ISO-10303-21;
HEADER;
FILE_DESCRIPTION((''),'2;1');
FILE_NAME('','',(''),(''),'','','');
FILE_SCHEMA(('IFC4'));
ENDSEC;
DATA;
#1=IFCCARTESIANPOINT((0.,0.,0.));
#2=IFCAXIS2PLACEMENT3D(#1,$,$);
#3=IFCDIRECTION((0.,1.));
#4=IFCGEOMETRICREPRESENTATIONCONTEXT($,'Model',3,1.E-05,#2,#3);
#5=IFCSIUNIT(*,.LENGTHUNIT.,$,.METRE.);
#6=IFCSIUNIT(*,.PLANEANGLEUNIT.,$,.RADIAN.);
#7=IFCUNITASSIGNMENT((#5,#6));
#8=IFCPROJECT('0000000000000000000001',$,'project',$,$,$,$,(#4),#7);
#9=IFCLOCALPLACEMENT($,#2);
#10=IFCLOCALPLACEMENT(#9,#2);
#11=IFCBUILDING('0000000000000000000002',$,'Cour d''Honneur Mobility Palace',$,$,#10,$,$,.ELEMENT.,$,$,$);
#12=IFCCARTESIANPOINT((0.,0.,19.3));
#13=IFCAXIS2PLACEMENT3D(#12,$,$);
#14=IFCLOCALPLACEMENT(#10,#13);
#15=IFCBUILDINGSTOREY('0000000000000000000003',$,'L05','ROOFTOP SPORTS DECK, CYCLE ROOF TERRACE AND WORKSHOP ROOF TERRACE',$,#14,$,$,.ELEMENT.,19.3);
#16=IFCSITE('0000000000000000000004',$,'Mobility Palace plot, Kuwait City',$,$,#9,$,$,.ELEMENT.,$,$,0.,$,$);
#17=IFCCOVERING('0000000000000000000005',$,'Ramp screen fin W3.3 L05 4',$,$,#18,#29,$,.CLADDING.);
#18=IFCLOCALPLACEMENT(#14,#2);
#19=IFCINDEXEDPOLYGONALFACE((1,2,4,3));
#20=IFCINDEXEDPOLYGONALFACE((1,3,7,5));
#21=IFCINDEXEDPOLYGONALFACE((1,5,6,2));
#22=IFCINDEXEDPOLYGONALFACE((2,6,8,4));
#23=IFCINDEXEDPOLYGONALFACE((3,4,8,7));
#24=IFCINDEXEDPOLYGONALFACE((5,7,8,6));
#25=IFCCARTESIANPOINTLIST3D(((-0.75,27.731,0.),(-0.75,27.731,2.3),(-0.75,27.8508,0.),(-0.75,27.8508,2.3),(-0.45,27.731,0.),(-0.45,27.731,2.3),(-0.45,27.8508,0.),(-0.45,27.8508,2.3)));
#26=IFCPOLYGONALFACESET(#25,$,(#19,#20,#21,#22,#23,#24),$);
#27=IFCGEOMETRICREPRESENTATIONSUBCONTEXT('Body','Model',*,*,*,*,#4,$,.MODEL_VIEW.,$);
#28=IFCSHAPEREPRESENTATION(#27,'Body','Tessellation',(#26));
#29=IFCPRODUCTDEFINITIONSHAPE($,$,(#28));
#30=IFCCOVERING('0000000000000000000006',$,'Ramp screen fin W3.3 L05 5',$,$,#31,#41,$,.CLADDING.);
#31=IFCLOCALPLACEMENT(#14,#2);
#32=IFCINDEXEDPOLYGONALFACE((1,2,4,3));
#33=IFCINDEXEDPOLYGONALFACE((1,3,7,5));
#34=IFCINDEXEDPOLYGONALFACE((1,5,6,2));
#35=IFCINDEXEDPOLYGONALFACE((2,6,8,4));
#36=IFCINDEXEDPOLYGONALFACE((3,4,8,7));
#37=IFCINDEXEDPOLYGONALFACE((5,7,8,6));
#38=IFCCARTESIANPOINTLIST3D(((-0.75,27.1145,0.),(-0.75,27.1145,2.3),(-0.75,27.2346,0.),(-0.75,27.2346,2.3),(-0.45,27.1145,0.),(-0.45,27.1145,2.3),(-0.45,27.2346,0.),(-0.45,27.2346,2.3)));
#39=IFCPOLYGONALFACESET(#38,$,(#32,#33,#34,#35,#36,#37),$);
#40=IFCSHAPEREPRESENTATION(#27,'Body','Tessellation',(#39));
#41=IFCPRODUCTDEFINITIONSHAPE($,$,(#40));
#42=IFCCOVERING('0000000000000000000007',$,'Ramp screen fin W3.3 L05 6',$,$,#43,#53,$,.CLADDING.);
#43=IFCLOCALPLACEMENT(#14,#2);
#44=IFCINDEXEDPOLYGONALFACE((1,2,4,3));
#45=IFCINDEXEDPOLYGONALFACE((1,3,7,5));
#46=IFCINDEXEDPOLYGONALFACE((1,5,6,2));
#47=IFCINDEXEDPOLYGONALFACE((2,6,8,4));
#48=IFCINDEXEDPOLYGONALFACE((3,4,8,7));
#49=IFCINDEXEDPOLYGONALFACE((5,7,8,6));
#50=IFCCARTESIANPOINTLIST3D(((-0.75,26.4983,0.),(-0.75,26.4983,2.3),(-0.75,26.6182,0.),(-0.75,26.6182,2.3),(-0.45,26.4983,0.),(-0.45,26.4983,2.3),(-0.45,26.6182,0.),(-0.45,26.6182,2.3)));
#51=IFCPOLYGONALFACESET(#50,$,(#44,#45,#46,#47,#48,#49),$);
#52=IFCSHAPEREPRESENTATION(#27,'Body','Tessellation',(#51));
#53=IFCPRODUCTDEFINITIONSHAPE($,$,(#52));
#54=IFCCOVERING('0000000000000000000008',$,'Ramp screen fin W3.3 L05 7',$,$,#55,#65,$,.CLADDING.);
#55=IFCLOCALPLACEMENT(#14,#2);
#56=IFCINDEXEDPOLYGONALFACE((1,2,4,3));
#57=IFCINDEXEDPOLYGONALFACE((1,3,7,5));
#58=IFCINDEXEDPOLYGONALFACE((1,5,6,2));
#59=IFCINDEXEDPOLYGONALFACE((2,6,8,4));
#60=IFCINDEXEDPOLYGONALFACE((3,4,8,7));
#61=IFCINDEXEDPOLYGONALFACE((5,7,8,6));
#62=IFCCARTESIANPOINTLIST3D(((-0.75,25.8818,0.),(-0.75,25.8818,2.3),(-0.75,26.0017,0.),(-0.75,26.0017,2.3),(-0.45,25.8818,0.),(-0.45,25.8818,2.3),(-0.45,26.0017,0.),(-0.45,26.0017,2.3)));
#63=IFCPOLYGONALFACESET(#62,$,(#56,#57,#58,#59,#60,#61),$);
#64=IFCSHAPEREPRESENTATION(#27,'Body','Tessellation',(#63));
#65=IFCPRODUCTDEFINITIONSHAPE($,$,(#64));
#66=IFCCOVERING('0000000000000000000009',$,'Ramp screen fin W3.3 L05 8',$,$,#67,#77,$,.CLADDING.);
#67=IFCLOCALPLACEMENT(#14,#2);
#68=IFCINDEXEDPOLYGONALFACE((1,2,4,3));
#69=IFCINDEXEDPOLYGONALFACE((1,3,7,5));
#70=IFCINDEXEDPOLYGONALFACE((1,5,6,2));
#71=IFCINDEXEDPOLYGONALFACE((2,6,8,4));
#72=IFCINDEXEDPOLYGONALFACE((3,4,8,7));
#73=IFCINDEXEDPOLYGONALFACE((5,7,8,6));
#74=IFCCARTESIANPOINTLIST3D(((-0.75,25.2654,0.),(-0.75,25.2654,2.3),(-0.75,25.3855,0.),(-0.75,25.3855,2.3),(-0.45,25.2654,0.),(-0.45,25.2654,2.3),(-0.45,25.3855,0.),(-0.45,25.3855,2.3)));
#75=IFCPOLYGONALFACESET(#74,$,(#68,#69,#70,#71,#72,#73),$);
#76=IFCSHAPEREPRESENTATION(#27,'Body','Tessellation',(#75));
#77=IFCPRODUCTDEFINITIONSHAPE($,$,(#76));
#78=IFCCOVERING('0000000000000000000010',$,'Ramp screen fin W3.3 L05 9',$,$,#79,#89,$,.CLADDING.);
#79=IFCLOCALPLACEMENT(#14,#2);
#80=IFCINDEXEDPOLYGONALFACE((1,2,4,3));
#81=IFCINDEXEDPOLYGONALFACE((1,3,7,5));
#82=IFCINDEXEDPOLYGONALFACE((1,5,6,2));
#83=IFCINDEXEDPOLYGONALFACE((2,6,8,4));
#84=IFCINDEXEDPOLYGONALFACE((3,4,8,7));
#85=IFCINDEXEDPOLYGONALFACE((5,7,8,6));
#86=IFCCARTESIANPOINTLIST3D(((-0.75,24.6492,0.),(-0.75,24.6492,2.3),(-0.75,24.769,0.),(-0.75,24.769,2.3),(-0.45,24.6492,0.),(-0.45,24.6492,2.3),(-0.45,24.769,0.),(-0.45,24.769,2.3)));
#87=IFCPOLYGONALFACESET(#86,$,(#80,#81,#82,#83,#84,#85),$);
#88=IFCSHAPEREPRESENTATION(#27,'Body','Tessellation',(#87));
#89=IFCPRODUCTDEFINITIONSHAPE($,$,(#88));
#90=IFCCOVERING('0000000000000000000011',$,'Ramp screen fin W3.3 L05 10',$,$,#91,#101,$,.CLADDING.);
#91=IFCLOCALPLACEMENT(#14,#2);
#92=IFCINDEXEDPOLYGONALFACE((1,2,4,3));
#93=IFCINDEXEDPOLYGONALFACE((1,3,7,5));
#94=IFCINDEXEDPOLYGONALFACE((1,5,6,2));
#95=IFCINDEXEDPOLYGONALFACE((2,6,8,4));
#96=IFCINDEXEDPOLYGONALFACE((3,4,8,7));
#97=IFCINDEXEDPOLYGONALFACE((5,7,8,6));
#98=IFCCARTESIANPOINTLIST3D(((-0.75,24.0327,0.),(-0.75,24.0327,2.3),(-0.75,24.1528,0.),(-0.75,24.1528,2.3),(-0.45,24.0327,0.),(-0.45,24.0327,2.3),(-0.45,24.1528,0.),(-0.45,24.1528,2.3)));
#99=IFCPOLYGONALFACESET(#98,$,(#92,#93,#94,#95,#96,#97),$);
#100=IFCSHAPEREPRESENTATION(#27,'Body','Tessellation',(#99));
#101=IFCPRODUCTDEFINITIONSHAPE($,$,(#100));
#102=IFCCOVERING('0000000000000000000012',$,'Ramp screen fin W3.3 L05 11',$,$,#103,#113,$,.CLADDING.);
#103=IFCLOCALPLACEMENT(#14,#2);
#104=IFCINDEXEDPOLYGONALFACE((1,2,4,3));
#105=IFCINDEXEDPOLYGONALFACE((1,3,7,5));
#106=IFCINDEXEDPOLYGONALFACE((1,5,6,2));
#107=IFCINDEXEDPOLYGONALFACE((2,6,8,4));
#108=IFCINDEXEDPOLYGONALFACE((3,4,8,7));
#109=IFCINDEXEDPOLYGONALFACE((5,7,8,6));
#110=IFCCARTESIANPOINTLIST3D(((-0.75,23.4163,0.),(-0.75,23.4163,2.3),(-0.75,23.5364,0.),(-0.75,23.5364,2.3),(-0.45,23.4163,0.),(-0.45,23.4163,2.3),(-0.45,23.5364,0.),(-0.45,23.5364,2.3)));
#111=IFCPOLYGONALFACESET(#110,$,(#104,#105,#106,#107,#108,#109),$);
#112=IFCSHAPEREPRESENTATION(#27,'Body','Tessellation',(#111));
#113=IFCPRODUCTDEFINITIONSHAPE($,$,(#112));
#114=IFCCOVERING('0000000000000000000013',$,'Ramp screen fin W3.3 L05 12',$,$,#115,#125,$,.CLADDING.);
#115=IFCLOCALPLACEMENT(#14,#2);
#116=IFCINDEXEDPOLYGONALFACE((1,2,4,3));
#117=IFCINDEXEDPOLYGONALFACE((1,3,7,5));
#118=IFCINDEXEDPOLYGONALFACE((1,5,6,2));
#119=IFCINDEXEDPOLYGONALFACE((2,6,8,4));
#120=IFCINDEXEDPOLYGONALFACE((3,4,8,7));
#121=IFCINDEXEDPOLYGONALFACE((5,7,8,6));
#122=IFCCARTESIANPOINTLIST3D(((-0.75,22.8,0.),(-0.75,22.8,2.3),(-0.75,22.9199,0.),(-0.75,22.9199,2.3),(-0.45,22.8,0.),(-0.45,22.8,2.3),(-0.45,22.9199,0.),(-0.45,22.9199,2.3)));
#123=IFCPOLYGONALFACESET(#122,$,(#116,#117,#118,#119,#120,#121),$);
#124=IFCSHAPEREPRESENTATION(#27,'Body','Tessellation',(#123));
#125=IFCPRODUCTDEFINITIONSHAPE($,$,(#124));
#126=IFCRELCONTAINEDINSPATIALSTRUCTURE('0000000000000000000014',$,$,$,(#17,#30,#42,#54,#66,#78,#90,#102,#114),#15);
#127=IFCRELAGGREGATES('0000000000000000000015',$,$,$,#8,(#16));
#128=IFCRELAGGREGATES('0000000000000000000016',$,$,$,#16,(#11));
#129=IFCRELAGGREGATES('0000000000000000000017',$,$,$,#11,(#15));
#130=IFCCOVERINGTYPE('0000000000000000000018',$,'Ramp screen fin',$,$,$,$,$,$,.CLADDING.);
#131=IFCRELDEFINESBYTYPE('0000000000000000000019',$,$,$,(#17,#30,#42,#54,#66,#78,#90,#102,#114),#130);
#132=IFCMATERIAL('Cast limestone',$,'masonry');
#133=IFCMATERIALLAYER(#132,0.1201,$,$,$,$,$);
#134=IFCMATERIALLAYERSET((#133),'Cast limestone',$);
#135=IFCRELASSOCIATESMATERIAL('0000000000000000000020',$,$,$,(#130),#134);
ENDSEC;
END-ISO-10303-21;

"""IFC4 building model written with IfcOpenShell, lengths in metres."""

from ifc_helpers import new_model, si_unit, direction, frame, origin, place, context, subcontext, project, spatial, polyline, outline, extrude, material, layer, layer_set, type_object, element, save


model = new_model("IFC4")

# Units and contexts
model_context = context("Model", 3, precision=1e-05, world=origin(), true_north=direction((0.0, 1.0)))
body_context = subcontext(model_context, "Body", "Model", "MODEL_VIEW")
ifc_project = project(units=[si_unit("LENGTHUNIT", "METRE"), si_unit("PLANEANGLEUNIT", "RADIAN")], contexts=[model_context])

# Site, building, storey
site_placement = place(None, origin())
site = spatial("IfcSite", under=ifc_project, at=site_placement, Name="Mobility Palace plot, Kuwait City", CompositionType="ELEMENT", RefElevation=0.0)
building_placement = place(site_placement, origin())
building = spatial("IfcBuilding", under=site, at=building_placement, Name="Cour d'Honneur Mobility Palace", CompositionType="ELEMENT")
storey_placement = place(building_placement, frame((0.0, 0.0, 19.3)))
storey = spatial("IfcBuildingStorey", under=building, at=storey_placement, Name="L05", Description="ROOFTOP SPORTS DECK, CYCLE ROOF TERRACE AND WORKSHOP ROOF TERRACE", CompositionType="ELEMENT", Elevation=19.3)

# Coverings
ifc_material = material(Name="Cast limestone", Category="masonry")
ifc_layer = layer(ifc_material, 0.1201)
ifc_layer_set = layer_set([ifc_layer], Name="Cast limestone")
covering_type = type_object("IfcCoveringType", Name="Ramp screen fin", PredefinedType="CLADDING", material=ifc_layer_set)
covering_1_placement = place(storey_placement, origin())
element("IfcCovering", 1, at=covering_1_placement, inside=storey, type_object=covering_type, Name="Ramp screen fin W3.3 L05 4", PredefinedType="CLADDING", context=body_context, shape_type="SweptSolid", body=[
    extrude(outline(polyline([(-0.45, 27.8508), (-0.45, 27.731), (-0.75, 27.731), (-0.75, 27.8508), (-0.45, 27.8508)])), origin(), (0.0, 0.0, 1.0), 2.3),
])
covering_2_placement = place(storey_placement, origin())
element("IfcCovering", 2, at=covering_2_placement, inside=storey, type_object=covering_type, Name="Ramp screen fin W3.3 L05 5", PredefinedType="CLADDING", context=body_context, shape_type="SweptSolid", body=[
    extrude(outline(polyline([(-0.45, 27.2346), (-0.45, 27.1145), (-0.75, 27.1145), (-0.75, 27.2346), (-0.45, 27.2346)])), origin(), (0.0, 0.0, 1.0), 2.3),
])
covering_3_placement = place(storey_placement, origin())
element("IfcCovering", 3, at=covering_3_placement, inside=storey, type_object=covering_type, Name="Ramp screen fin W3.3 L05 6", PredefinedType="CLADDING", context=body_context, shape_type="SweptSolid", body=[
    extrude(outline(polyline([(-0.45, 26.6182), (-0.45, 26.4983), (-0.75, 26.4983), (-0.75, 26.6182), (-0.45, 26.6182)])), origin(), (0.0, 0.0, 1.0), 2.3),
])
covering_4_placement = place(storey_placement, origin())
element("IfcCovering", 4, at=covering_4_placement, inside=storey, type_object=covering_type, Name="Ramp screen fin W3.3 L05 7", PredefinedType="CLADDING", context=body_context, shape_type="SweptSolid", body=[
    extrude(outline(polyline([(-0.45, 26.0017), (-0.45, 25.8818), (-0.75, 25.8818), (-0.75, 26.0017), (-0.45, 26.0017)])), origin(), (0.0, 0.0, 1.0), 2.3),
])
covering_5_placement = place(storey_placement, origin())
element("IfcCovering", 5, at=covering_5_placement, inside=storey, type_object=covering_type, Name="Ramp screen fin W3.3 L05 8", PredefinedType="CLADDING", context=body_context, shape_type="SweptSolid", body=[
    extrude(outline(polyline([(-0.45, 25.3855), (-0.45, 25.2654), (-0.75, 25.2654), (-0.75, 25.3855), (-0.45, 25.3855)])), origin(), (0.0, 0.0, 1.0), 2.3),
])
covering_6_placement = place(storey_placement, origin())
element("IfcCovering", 6, at=covering_6_placement, inside=storey, type_object=covering_type, Name="Ramp screen fin W3.3 L05 9", PredefinedType="CLADDING", context=body_context, shape_type="SweptSolid", body=[
    extrude(outline(polyline([(-0.45, 24.769), (-0.45, 24.6492), (-0.75, 24.6492), (-0.75, 24.769), (-0.45, 24.769)])), origin(), (0.0, 0.0, 1.0), 2.3),
])
covering_7_placement = place(storey_placement, origin())
element("IfcCovering", 7, at=covering_7_placement, inside=storey, type_object=covering_type, Name="Ramp screen fin W3.3 L05 10", PredefinedType="CLADDING", context=body_context, shape_type="SweptSolid", body=[
    extrude(outline(polyline([(-0.45, 24.1528), (-0.45, 24.0327), (-0.75, 24.0327), (-0.75, 24.1528), (-0.45, 24.1528)])), origin(), (0.0, 0.0, 1.0), 2.3),
])
covering_8_placement = place(storey_placement, origin())
element("IfcCovering", 8, at=covering_8_placement, inside=storey, type_object=covering_type, Name="Ramp screen fin W3.3 L05 11", PredefinedType="CLADDING", context=body_context, shape_type="SweptSolid", body=[
    extrude(outline(polyline([(-0.45, 23.5364), (-0.45, 23.4163), (-0.75, 23.4163), (-0.75, 23.5364), (-0.45, 23.5364)])), origin(), (0.0, 0.0, 1.0), 2.3),
])
covering_9_placement = place(storey_placement, origin())
element("IfcCovering", 9, at=covering_9_placement, inside=storey, type_object=covering_type, Name="Ramp screen fin W3.3 L05 12", PredefinedType="CLADDING", context=body_context, shape_type="SweptSolid", body=[
    extrude(outline(polyline([(-0.45, 22.9199), (-0.45, 22.8), (-0.75, 22.8), (-0.75, 22.9199), (-0.45, 22.9199)])), origin(), (0.0, 0.0, 1.0), 2.3),
])

save(model, "model.ifc")
